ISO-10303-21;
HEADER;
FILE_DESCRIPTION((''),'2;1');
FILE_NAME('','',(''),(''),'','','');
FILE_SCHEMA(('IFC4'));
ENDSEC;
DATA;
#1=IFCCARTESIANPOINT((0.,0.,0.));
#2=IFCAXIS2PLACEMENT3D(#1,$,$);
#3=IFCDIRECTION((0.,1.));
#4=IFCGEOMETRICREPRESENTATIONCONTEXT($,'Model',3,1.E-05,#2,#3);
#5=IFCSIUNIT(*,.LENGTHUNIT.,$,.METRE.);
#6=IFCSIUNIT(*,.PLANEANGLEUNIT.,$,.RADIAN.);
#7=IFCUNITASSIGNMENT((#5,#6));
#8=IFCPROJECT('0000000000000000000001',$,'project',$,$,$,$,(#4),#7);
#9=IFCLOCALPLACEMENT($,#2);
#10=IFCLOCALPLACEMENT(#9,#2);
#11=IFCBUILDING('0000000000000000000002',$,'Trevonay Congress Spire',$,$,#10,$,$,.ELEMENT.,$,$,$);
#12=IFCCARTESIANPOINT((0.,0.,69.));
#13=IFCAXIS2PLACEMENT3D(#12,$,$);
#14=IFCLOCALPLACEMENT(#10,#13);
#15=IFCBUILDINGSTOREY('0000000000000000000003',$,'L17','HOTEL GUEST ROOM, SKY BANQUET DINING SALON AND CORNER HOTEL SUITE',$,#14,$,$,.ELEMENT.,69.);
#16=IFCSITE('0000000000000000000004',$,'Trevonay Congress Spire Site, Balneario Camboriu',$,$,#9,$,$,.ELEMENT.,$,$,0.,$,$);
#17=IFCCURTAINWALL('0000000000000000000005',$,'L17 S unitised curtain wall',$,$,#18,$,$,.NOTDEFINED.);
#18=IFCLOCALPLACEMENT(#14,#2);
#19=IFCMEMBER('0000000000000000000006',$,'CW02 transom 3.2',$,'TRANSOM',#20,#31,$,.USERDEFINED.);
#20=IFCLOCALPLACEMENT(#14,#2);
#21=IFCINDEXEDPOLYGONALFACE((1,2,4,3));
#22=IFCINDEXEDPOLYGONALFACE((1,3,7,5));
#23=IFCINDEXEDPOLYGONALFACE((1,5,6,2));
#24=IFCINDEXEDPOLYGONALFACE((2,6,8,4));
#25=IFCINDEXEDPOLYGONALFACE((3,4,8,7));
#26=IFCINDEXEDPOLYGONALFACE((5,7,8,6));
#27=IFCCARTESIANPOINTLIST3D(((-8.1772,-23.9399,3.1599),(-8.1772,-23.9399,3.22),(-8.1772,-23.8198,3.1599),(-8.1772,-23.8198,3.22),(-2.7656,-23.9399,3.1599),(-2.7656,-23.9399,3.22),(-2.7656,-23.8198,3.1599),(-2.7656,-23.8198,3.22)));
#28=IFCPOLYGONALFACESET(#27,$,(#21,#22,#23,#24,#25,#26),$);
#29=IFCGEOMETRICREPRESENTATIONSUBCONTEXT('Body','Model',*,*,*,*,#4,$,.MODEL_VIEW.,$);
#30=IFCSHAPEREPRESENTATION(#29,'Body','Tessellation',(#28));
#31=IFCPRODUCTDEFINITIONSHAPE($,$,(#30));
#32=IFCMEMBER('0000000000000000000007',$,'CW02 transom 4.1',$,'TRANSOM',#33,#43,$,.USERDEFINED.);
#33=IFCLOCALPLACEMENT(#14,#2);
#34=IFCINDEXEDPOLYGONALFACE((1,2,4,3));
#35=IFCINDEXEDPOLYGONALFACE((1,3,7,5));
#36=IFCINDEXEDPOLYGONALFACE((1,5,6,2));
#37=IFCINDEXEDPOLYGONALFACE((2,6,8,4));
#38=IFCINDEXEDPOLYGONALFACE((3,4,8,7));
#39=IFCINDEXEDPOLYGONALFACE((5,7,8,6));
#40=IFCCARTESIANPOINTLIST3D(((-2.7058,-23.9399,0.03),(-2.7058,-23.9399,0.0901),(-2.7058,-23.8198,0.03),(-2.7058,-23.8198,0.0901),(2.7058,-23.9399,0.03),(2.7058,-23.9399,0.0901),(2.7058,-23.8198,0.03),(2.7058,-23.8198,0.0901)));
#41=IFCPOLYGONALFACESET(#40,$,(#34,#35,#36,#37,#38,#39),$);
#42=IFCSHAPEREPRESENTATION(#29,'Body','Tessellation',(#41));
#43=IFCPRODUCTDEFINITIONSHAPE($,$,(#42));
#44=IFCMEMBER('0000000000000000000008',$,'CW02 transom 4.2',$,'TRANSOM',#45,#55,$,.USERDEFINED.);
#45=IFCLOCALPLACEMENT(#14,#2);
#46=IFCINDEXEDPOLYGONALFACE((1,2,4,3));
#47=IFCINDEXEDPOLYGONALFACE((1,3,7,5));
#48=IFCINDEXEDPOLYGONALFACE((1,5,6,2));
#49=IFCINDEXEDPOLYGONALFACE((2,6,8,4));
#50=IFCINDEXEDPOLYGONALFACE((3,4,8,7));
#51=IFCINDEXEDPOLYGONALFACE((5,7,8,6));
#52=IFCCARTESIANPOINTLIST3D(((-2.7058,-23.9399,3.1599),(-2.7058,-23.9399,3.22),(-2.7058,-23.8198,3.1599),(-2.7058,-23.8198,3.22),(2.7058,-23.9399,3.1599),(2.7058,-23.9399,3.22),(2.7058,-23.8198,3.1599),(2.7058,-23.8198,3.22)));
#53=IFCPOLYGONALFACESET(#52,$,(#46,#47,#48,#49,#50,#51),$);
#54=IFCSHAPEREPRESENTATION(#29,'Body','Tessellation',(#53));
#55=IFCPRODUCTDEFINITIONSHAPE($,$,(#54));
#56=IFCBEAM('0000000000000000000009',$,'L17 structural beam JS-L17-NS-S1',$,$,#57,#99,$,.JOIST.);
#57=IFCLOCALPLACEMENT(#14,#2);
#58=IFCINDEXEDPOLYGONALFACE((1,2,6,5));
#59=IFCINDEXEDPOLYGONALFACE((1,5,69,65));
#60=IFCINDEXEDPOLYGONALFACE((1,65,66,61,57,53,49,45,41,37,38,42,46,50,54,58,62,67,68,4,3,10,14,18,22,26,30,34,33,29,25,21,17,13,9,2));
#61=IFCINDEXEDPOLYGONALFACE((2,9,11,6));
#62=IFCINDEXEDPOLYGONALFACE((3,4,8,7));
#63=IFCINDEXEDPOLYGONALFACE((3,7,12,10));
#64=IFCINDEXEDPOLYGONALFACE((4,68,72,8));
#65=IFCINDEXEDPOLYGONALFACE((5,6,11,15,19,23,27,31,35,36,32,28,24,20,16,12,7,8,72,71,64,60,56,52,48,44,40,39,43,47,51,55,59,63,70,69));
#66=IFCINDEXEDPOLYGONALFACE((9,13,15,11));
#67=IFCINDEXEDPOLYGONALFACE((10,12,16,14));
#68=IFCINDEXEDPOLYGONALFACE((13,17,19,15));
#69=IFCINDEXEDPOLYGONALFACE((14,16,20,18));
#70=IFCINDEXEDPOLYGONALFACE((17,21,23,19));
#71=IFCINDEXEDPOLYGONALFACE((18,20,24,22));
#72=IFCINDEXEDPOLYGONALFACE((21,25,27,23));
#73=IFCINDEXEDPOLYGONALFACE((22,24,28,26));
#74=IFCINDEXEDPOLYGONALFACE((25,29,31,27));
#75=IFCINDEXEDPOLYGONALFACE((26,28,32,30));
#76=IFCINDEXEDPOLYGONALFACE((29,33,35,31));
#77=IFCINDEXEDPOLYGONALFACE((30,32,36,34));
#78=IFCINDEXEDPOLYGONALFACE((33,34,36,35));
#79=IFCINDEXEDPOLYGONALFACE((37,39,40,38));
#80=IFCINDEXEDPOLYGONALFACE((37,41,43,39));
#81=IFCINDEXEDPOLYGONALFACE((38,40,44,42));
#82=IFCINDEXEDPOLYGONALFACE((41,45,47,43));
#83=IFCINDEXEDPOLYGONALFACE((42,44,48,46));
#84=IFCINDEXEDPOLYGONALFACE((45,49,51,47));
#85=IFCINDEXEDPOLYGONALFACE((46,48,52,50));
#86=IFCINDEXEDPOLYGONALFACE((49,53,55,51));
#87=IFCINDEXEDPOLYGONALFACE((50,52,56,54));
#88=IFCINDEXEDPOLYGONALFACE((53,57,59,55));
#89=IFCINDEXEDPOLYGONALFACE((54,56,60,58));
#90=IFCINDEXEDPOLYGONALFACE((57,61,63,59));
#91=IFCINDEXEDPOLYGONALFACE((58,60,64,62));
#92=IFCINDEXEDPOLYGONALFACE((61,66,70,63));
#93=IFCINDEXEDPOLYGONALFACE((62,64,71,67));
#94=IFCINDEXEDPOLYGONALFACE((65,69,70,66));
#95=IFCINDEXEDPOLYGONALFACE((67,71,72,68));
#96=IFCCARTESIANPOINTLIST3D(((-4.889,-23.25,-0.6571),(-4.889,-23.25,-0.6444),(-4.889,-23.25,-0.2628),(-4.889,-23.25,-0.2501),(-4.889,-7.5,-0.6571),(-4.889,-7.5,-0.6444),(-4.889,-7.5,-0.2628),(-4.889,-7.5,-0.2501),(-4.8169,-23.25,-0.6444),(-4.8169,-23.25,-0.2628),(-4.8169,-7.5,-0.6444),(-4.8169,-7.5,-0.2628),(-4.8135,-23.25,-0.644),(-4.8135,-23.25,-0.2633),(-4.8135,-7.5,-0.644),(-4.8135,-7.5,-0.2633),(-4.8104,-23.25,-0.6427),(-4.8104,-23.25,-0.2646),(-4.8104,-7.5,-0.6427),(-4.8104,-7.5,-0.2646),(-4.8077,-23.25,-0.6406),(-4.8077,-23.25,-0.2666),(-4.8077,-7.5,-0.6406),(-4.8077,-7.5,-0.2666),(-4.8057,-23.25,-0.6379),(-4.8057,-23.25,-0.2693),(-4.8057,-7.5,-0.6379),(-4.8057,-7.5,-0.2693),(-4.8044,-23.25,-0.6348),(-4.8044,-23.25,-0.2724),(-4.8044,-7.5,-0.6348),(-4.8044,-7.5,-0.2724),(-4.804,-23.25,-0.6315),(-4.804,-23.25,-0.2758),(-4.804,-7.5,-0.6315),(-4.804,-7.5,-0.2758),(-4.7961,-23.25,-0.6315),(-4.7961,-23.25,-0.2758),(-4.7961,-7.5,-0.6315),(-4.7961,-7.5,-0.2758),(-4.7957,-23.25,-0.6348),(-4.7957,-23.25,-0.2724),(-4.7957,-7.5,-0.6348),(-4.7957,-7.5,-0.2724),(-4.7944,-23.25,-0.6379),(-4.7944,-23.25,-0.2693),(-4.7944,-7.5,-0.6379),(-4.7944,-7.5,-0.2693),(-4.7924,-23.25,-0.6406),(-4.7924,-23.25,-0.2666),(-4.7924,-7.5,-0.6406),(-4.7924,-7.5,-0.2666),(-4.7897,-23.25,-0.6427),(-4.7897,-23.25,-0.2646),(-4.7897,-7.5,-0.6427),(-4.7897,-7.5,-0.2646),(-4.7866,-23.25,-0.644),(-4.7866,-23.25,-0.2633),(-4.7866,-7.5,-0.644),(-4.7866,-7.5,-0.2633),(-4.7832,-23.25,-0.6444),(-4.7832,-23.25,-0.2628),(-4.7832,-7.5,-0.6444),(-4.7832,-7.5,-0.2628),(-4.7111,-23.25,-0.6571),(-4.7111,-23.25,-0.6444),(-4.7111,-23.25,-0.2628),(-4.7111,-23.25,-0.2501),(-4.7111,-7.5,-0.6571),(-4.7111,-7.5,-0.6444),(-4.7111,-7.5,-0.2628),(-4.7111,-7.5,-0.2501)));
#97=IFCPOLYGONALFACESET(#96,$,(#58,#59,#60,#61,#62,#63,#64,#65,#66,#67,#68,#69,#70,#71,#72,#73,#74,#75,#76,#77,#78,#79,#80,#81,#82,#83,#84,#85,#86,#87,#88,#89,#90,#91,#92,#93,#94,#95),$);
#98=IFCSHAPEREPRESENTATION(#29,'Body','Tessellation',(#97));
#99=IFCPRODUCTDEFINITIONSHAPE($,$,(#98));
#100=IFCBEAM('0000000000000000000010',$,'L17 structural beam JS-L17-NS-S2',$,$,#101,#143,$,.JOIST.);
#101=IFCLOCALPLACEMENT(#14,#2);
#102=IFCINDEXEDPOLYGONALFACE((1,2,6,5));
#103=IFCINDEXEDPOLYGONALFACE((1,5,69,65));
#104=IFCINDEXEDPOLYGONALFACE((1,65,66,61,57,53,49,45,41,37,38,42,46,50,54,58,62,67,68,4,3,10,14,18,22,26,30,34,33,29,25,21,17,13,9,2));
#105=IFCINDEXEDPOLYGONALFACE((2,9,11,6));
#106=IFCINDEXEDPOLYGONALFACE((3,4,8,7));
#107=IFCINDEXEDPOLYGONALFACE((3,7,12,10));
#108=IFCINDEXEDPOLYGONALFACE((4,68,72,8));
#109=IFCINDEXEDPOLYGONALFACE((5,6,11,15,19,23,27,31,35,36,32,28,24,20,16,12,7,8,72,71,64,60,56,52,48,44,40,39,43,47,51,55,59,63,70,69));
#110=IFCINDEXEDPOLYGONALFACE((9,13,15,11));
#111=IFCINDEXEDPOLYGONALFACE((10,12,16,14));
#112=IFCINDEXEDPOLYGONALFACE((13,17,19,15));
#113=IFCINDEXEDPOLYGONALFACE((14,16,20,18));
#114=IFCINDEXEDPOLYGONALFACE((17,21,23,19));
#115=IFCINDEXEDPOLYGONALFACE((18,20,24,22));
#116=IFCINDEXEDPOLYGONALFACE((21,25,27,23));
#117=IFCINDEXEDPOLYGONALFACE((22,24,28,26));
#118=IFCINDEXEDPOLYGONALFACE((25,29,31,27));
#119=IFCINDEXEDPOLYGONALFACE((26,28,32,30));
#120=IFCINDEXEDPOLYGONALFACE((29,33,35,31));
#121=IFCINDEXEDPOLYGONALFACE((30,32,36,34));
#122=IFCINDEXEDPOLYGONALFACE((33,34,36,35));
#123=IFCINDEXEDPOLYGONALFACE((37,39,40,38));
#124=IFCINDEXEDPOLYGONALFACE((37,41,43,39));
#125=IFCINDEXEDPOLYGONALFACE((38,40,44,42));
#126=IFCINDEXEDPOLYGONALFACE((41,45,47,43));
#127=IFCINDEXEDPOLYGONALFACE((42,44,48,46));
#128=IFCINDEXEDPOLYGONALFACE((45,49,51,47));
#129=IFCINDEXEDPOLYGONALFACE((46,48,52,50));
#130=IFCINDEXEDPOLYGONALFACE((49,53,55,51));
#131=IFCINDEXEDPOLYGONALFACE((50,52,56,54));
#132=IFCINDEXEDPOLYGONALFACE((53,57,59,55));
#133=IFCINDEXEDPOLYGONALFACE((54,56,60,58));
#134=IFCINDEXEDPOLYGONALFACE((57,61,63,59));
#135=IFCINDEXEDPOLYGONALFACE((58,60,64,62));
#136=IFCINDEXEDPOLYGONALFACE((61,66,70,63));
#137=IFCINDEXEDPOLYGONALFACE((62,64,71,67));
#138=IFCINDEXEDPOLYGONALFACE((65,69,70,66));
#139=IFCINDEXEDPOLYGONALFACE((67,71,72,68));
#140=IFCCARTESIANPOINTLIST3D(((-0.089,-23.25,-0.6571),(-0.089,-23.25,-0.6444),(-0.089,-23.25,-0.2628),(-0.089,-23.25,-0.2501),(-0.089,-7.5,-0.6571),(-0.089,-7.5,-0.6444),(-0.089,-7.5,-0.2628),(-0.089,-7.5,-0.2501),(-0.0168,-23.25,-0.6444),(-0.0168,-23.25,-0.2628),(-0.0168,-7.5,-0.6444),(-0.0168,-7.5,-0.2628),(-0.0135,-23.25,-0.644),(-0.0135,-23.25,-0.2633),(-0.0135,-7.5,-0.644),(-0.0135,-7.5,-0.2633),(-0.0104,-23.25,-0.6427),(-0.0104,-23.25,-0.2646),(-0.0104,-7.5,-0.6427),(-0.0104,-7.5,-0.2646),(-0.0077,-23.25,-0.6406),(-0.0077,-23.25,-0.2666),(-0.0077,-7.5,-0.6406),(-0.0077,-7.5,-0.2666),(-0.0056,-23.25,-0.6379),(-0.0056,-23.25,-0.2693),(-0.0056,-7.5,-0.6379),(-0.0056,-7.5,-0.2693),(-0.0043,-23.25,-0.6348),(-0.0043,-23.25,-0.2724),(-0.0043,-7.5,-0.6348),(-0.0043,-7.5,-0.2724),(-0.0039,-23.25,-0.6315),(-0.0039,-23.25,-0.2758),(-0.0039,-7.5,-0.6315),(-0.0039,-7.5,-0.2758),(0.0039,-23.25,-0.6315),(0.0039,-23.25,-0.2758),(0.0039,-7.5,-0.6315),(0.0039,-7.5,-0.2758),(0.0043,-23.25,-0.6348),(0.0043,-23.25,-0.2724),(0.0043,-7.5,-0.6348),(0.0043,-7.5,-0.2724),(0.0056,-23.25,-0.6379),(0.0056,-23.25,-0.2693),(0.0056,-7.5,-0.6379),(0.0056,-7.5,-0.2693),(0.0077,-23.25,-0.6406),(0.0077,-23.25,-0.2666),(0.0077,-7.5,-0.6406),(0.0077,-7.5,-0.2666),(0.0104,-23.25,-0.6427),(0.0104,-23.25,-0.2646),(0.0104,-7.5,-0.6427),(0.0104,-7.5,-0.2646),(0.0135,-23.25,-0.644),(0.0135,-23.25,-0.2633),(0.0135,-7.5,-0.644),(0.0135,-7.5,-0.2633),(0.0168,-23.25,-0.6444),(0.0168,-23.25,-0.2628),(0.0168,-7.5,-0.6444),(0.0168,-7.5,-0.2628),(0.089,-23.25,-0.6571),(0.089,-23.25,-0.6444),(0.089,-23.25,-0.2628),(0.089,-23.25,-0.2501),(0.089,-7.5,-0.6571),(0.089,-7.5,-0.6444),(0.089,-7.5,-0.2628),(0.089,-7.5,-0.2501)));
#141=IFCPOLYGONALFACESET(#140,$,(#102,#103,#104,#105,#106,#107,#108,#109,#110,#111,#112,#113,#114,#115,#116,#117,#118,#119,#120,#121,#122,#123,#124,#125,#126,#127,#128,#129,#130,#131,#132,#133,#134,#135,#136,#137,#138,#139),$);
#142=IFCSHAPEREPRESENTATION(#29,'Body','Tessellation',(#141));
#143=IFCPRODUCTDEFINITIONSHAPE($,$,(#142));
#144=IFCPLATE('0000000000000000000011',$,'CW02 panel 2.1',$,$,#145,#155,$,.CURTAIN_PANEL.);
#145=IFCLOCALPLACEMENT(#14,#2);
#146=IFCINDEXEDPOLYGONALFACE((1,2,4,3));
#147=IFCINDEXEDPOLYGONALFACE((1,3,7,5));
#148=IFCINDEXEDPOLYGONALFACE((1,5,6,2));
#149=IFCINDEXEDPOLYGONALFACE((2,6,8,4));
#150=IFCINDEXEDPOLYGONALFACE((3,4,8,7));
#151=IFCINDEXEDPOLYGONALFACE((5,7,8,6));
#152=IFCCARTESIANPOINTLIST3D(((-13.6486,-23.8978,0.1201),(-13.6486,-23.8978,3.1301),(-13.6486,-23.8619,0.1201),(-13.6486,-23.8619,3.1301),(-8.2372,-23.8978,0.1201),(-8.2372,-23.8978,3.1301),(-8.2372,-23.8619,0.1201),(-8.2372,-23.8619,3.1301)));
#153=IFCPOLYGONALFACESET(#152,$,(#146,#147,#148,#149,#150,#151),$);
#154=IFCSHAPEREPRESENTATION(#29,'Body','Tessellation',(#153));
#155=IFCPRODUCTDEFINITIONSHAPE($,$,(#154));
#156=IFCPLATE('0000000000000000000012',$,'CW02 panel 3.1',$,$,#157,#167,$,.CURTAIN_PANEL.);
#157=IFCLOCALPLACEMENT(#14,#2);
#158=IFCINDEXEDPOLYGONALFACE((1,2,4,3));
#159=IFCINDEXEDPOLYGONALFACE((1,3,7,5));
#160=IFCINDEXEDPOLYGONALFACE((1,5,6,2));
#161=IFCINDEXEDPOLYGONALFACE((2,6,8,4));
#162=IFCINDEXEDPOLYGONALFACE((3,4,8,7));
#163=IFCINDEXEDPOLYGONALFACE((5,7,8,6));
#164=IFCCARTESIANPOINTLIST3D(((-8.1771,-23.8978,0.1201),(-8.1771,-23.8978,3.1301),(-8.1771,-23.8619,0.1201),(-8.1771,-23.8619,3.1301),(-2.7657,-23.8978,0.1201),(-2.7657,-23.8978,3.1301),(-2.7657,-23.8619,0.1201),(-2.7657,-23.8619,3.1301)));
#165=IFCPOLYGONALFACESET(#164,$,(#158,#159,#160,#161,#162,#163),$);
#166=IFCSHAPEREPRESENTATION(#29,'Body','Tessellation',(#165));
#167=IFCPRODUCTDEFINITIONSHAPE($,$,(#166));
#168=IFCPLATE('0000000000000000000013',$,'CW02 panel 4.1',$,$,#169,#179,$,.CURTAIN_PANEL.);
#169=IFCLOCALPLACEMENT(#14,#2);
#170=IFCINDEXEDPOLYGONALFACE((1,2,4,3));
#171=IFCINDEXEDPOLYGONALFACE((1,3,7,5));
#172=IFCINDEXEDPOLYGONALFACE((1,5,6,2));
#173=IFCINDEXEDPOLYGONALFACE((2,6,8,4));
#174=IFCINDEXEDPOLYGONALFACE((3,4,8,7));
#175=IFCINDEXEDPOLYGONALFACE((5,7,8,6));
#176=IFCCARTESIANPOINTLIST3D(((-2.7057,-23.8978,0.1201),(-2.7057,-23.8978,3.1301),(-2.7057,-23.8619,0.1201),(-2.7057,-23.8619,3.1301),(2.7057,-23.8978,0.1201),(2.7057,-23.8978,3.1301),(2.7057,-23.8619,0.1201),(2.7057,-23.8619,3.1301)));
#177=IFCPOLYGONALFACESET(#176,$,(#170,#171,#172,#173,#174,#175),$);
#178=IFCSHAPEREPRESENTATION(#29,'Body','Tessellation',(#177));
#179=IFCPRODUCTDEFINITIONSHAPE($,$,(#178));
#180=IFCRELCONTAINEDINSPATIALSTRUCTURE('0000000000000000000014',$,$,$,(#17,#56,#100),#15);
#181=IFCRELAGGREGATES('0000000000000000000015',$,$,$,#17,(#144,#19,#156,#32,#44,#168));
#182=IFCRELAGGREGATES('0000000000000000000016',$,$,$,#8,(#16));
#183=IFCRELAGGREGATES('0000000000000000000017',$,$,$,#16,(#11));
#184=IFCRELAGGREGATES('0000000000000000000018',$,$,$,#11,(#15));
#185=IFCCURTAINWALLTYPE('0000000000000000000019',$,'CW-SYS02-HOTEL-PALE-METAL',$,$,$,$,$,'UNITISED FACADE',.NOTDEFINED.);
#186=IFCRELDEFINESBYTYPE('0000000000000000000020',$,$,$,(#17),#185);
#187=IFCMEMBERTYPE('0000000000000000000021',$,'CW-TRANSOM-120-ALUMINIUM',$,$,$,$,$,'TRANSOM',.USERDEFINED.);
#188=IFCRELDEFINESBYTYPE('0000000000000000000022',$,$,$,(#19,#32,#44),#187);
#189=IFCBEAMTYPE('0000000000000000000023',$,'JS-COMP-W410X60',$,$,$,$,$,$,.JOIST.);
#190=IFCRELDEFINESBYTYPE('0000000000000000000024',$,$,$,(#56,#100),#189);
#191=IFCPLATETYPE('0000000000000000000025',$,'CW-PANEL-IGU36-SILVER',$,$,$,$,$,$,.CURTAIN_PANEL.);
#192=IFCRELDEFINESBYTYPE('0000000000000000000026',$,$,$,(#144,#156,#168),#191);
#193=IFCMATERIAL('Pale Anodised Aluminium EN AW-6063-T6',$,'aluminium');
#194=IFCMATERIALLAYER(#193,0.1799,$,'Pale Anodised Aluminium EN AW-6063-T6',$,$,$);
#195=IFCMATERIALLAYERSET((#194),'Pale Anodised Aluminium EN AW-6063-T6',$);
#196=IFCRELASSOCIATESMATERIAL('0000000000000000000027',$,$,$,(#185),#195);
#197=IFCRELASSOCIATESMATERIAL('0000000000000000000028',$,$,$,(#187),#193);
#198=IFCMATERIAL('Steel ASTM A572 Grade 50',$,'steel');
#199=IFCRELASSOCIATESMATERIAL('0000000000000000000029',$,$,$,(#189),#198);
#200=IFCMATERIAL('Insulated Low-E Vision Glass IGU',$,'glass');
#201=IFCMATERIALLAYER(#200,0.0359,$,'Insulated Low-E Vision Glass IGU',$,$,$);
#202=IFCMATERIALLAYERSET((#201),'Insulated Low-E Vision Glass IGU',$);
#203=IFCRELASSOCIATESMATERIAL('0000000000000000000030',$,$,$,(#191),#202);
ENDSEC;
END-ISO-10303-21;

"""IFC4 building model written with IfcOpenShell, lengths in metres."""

from ifc_helpers import new_model, si_unit, direction, frame, origin, origin_2d, place, context, subcontext, project, spatial, rectangle, i_section, extrude, material, layer, layer_set, material_profile, profile_set, type_object, element, aggregate, save


model = new_model("IFC4")

# Units and contexts
model_context = context("Model", 3, precision=1e-05, world=origin(), true_north=direction((0.0, 1.0)))
body_context = subcontext(model_context, "Body", "Model", "MODEL_VIEW")
ifc_project = project(units=[si_unit("LENGTHUNIT", "METRE"), si_unit("PLANEANGLEUNIT", "RADIAN")], contexts=[model_context])

# Site, building, storey
site_placement = place(None, origin())
site = spatial("IfcSite", under=ifc_project, at=site_placement, Name="Trevonay Congress Spire Site, Balneario Camboriu", CompositionType="ELEMENT", RefElevation=0.0)
building_placement = place(site_placement, origin())
building = spatial("IfcBuilding", under=site, at=building_placement, Name="Trevonay Congress Spire", CompositionType="ELEMENT")
storey_placement = place(building_placement, frame((0.0, 0.0, 69.0)))
storey = spatial("IfcBuildingStorey", under=building, at=storey_placement, Name="L17", Description="HOTEL GUEST ROOM, SKY BANQUET DINING SALON AND CORNER HOTEL SUITE", CompositionType="ELEMENT", Elevation=69.0)

# Shared definitions
ifc_material_1 = material(Name="Steel ASTM A572 Grade 50", Category="steel")

# Curtain wall, members
ifc_material_2 = material(Name="Pale Anodised Aluminium EN AW-6063-T6", Category="aluminium")
ifc_layer_1 = layer(ifc_material_2, 0.1799, Name="Pale Anodised Aluminium EN AW-6063-T6")
ifc_layer_set_1 = layer_set([ifc_layer_1], Name="Pale Anodised Aluminium EN AW-6063-T6")
curtain_wall_type = type_object("IfcCurtainWallType", Name="CW-SYS02-HOTEL-PALE-METAL", ElementType="UNITISED FACADE", PredefinedType="NOTDEFINED", material=ifc_layer_set_1)
curtain_wall_placement = place(storey_placement, origin())
curtain_wall = element("IfcCurtainWall", 1, at=curtain_wall_placement, inside=storey, type_object=curtain_wall_type, Name="L17 S unitised curtain wall", PredefinedType="NOTDEFINED")
ifc_material_profile_1 = material_profile(ifc_material_2, rectangle(XDim=0.1201, YDim=0.0601, at=origin_2d()), Name="CW-TRANSOM-120-ALUMINIUM")
ifc_profile_set_1 = profile_set([ifc_material_profile_1], Name="Pale Anodised Aluminium EN AW-6063-T6")
member_type_1 = type_object("IfcMemberType", Name="CW-TRANSOM-120-ALUMINIUM", ElementType="TRANSOM", PredefinedType="USERDEFINED", material=ifc_profile_set_1)
member_1_placement = place(storey_placement, frame((-8.1772, -23.8799, 3.1899), z_axis=(1.0, 0.0, 0.0), x_axis=(0.0, 1.0, 0.0)))
member_1 = element("IfcMember", 2, at=member_1_placement, type_object=member_type_1, Name="CW02 transom 3.2", ObjectType="TRANSOM", PredefinedType="USERDEFINED", context=body_context, shape_type="SweptSolid", body=[
    extrude(rectangle(XDim=0.1201, YDim=0.0601, at=origin_2d()), origin(), (0.0, 0.0, 1.0), 5.4116),
])
member_2_placement = place(storey_placement, frame((-2.7058, -23.8799, 0.0601), z_axis=(1.0, 0.0, 0.0), x_axis=(0.0, 1.0, 0.0)))
member_2 = element("IfcMember", 3, at=member_2_placement, type_object=member_type_1, Name="CW02 transom 4.1", ObjectType="TRANSOM", PredefinedType="USERDEFINED", context=body_context, shape_type="SweptSolid", body=[
    extrude(rectangle(XDim=0.1201, YDim=0.0601, at=origin_2d()), origin(), (0.0, 0.0, 1.0), 5.4116),
])
member_3_placement = place(storey_placement, frame((-2.7058, -23.8799, 3.1899), z_axis=(1.0, 0.0, 0.0), x_axis=(0.0, 1.0, 0.0)))
member_3 = element("IfcMember", 4, at=member_3_placement, type_object=member_type_1, Name="CW02 transom 4.2", ObjectType="TRANSOM", PredefinedType="USERDEFINED", context=body_context, shape_type="SweptSolid", body=[
    extrude(rectangle(XDim=0.1201, YDim=0.0601, at=origin_2d()), origin(), (0.0, 0.0, 1.0), 5.4116),
])

# Beams
ifc_material_profile_2 = material_profile(ifc_material_1, i_section(OverallWidth=0.178, OverallDepth=0.407, WebThickness=0.0078, FlangeThickness=0.0127, FilletRadius=0.0129, at=origin_2d()), Name="W410x60")
ifc_profile_set_2 = profile_set([ifc_material_profile_2], Name="Steel ASTM A572 Grade 50")
beam_type_1 = type_object("IfcBeamType", Name="JS-COMP-W410X60", PredefinedType="JOIST", material=ifc_profile_set_2)
for number, where, z_axis, x_axis, name in (
    (5, (-4.8, -23.25, -0.4536), (0.0, 1.0, 0.0), (-1.0, 0.0, 0.0), "L17 structural beam JS-L17-NS-S1"),
    (6, (0.0, -23.25, -0.4536), (0.0, 1.0, 0.0), (-1.0, 0.0, 0.0), "L17 structural beam JS-L17-NS-S2"),
):
    element("IfcBeam", number, at=place(storey_placement, frame(where, z_axis=z_axis, x_axis=x_axis)), inside=storey, type_object=beam_type_1, Name=name, PredefinedType="JOIST", context=body_context, shape_type="SweptSolid", body=[
        extrude(i_section(OverallWidth=0.178, OverallDepth=0.407, WebThickness=0.0078, FlangeThickness=0.0127, FilletRadius=0.0129, at=origin_2d()), origin(), (0.0, 0.0, 1.0), 15.75),
    ])

# Plates
ifc_material_3 = material(Name="Insulated Low-E Vision Glass IGU", Category="glass")
ifc_layer_2 = layer(ifc_material_3, 0.0359, Name="Insulated Low-E Vision Glass IGU")
ifc_layer_set_2 = layer_set([ifc_layer_2], Name="Insulated Low-E Vision Glass IGU")
plate_type = type_object("IfcPlateType", Name="CW-PANEL-IGU36-SILVER", PredefinedType="CURTAIN_PANEL", material=ifc_layer_set_2)
plate_1_placement = place(storey_placement, frame((-10.9429, -23.8799, 0.1201), z_axis=(0.0, 0.0, 1.0), x_axis=(1.0, 0.0, 0.0)))
plate_1 = element("IfcPlate", 7, at=plate_1_placement, type_object=plate_type, Name="CW02 panel 2.1", PredefinedType="CURTAIN_PANEL", context=body_context, shape_type="SweptSolid", body=[
    extrude(rectangle(XDim=5.4114, YDim=0.0359, at=origin_2d()), origin(), (0.0, 0.0, 1.0), 3.01),
])
plate_2_placement = place(storey_placement, frame((-5.4714, -23.8799, 0.1201), z_axis=(0.0, 0.0, 1.0), x_axis=(1.0, 0.0, 0.0)))
plate_2 = element("IfcPlate", 8, at=plate_2_placement, type_object=plate_type, Name="CW02 panel 3.1", PredefinedType="CURTAIN_PANEL", context=body_context, shape_type="SweptSolid", body=[
    extrude(rectangle(XDim=5.4114, YDim=0.0359, at=origin_2d()), origin(), (0.0, 0.0, 1.0), 3.01),
])
plate_3_placement = place(storey_placement, frame((0.0, -23.8799, 0.1201), z_axis=(0.0, 0.0, 1.0), x_axis=(1.0, 0.0, 0.0)))
plate_3 = element("IfcPlate", 9, at=plate_3_placement, type_object=plate_type, Name="CW02 panel 4.1", PredefinedType="CURTAIN_PANEL", context=body_context, shape_type="SweptSolid", body=[
    extrude(rectangle(XDim=5.4114, YDim=0.0359, at=origin_2d()), origin(), (0.0, 0.0, 1.0), 3.01),
])
aggregate(curtain_wall, [plate_1, member_1, plate_2, member_2, member_3, plate_3])

save(model, "model.ifc")
